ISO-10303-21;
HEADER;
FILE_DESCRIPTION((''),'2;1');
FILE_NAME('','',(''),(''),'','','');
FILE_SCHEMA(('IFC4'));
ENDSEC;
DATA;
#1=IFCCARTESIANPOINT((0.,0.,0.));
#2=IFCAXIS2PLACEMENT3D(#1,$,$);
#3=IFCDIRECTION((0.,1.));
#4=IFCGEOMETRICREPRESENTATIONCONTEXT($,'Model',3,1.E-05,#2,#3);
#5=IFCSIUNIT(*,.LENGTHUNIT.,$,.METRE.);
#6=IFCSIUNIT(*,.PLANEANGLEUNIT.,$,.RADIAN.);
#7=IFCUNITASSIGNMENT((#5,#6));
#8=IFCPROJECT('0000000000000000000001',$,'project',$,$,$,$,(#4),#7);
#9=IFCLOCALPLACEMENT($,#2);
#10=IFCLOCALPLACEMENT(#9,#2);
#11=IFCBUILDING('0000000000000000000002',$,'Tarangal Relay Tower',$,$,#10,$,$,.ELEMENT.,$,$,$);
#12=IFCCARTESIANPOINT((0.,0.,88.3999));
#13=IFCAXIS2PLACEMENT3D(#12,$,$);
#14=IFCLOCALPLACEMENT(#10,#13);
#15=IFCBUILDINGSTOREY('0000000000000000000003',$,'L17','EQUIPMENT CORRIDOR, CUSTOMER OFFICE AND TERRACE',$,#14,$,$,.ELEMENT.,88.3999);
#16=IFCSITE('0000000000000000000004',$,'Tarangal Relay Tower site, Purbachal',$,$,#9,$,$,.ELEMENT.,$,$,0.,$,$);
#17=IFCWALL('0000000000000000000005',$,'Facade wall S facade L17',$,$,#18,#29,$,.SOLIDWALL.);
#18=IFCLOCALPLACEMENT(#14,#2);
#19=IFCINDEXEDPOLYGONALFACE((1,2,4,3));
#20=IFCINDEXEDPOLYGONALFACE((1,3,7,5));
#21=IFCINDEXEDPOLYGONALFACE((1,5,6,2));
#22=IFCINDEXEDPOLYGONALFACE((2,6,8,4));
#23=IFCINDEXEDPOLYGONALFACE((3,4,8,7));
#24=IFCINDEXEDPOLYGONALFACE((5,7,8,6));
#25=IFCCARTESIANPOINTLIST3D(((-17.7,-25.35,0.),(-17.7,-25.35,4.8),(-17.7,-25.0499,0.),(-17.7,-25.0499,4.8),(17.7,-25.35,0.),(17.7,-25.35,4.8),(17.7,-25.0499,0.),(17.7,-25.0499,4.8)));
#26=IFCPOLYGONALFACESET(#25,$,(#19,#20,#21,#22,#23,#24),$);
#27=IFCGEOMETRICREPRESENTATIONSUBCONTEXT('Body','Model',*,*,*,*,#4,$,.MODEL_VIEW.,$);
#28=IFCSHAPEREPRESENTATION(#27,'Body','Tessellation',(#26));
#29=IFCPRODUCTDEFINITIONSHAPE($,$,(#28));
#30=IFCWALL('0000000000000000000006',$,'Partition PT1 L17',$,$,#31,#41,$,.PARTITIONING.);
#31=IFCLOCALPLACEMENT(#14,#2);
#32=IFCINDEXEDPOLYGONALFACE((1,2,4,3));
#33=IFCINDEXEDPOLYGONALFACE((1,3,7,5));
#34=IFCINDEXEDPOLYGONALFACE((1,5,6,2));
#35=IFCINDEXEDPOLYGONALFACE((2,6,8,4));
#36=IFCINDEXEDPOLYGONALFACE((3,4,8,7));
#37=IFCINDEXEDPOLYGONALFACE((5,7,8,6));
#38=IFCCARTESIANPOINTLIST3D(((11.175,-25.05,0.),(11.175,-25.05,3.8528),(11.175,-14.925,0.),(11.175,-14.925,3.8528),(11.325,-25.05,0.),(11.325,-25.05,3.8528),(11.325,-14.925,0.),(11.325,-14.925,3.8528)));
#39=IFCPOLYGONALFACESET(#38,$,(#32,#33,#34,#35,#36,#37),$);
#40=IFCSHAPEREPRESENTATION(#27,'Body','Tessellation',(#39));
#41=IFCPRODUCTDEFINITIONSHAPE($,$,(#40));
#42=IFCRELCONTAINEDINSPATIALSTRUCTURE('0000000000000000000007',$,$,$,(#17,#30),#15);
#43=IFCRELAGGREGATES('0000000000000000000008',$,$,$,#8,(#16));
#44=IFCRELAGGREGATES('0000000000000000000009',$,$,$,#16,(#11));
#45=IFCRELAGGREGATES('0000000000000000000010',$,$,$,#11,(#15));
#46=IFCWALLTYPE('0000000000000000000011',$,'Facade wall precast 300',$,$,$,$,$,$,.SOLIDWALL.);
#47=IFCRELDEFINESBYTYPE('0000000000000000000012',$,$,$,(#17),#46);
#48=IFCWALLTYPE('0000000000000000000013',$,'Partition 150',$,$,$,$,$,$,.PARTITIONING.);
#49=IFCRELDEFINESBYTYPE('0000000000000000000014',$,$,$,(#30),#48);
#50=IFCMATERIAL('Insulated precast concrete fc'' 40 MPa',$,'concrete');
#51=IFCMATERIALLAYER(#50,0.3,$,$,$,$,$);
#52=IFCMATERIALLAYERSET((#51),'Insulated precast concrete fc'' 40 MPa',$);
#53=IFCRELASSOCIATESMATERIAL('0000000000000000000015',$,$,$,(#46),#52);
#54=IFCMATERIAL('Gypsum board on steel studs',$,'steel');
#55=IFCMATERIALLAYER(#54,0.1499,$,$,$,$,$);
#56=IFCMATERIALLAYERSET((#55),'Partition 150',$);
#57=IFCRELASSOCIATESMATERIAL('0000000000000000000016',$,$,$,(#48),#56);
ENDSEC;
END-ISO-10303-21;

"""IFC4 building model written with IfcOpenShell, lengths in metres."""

from ifc_helpers import new_model, si_unit, direction, frame, frame_2d, origin, place, context, subcontext, project, spatial, rectangle, extrude, material, layer, layer_set, type_object, element, save


model = new_model("IFC4")

# Units and contexts
model_context = context("Model", 3, precision=1e-05, world=origin(), true_north=direction((0.0, 1.0)))
body_context = subcontext(model_context, "Body", "Model", "MODEL_VIEW")
ifc_project = project(units=[si_unit("LENGTHUNIT", "METRE"), si_unit("PLANEANGLEUNIT", "RADIAN")], contexts=[model_context])

# Site, building, storey
site_placement = place(None, origin())
site = spatial("IfcSite", under=ifc_project, at=site_placement, Name="Tarangal Relay Tower site, Purbachal", CompositionType="ELEMENT", RefElevation=0.0)
building_placement = place(site_placement, origin())
building = spatial("IfcBuilding", under=site, at=building_placement, Name="Tarangal Relay Tower", CompositionType="ELEMENT")
storey_placement = place(building_placement, frame((0.0, 0.0, 88.3999)))
storey = spatial("IfcBuildingStorey", under=building, at=storey_placement, Name="L17", Description="EQUIPMENT CORRIDOR, CUSTOMER OFFICE AND TERRACE", CompositionType="ELEMENT", Elevation=88.3999)

# Shared definitions
ifc_material_1 = material(Name="Insulated precast concrete fc' 40 MPa", Category="concrete")
ifc_layer_1 = layer(ifc_material_1, 0.3)
ifc_layer_set_1 = layer_set([ifc_layer_1], Name="Insulated precast concrete fc' 40 MPa")
wall_type_1 = type_object("IfcWallType", Name="Facade wall precast 300", PredefinedType="SOLIDWALL", material=ifc_layer_set_1)

# Walls
wall_1_placement = place(storey_placement, frame((17.7, -25.2, 0.0), z_axis=(0.0, 0.0, 1.0), x_axis=(-1.0, 0.0, 0.0)))
element("IfcWall", 1, at=wall_1_placement, inside=storey, type_object=wall_type_1, Name="Facade wall S facade L17", PredefinedType="SOLIDWALL", context=body_context, shape_type="SweptSolid", body=[
    extrude(rectangle(XDim=35.3999, YDim=0.3, at=frame_2d((17.7, 0.0))), origin(), (0.0, 0.0, 1.0), 4.8),
])
ifc_material_2 = material(Name="Gypsum board on steel studs", Category="steel")
ifc_layer_2 = layer(ifc_material_2, 0.1499)
ifc_layer_set_2 = layer_set([ifc_layer_2], Name="Partition 150")
wall_type_2 = type_object("IfcWallType", Name="Partition 150", PredefinedType="PARTITIONING", material=ifc_layer_set_2)
wall_2_placement = place(storey_placement, frame((11.25, -25.05, 0.0), z_axis=(0.0, 0.0, 1.0), x_axis=(0.0, 1.0, 0.0)))
element("IfcWall", 2, at=wall_2_placement, inside=storey, type_object=wall_type_2, Name="Partition PT1 L17", PredefinedType="PARTITIONING", context=body_context, shape_type="SweptSolid", body=[
    extrude(rectangle(XDim=10.125, YDim=0.1499, at=frame_2d((5.0625, 0.0))), origin(), (0.0, 0.0, 1.0), 3.8528),
])

save(model, "model.ifc")
